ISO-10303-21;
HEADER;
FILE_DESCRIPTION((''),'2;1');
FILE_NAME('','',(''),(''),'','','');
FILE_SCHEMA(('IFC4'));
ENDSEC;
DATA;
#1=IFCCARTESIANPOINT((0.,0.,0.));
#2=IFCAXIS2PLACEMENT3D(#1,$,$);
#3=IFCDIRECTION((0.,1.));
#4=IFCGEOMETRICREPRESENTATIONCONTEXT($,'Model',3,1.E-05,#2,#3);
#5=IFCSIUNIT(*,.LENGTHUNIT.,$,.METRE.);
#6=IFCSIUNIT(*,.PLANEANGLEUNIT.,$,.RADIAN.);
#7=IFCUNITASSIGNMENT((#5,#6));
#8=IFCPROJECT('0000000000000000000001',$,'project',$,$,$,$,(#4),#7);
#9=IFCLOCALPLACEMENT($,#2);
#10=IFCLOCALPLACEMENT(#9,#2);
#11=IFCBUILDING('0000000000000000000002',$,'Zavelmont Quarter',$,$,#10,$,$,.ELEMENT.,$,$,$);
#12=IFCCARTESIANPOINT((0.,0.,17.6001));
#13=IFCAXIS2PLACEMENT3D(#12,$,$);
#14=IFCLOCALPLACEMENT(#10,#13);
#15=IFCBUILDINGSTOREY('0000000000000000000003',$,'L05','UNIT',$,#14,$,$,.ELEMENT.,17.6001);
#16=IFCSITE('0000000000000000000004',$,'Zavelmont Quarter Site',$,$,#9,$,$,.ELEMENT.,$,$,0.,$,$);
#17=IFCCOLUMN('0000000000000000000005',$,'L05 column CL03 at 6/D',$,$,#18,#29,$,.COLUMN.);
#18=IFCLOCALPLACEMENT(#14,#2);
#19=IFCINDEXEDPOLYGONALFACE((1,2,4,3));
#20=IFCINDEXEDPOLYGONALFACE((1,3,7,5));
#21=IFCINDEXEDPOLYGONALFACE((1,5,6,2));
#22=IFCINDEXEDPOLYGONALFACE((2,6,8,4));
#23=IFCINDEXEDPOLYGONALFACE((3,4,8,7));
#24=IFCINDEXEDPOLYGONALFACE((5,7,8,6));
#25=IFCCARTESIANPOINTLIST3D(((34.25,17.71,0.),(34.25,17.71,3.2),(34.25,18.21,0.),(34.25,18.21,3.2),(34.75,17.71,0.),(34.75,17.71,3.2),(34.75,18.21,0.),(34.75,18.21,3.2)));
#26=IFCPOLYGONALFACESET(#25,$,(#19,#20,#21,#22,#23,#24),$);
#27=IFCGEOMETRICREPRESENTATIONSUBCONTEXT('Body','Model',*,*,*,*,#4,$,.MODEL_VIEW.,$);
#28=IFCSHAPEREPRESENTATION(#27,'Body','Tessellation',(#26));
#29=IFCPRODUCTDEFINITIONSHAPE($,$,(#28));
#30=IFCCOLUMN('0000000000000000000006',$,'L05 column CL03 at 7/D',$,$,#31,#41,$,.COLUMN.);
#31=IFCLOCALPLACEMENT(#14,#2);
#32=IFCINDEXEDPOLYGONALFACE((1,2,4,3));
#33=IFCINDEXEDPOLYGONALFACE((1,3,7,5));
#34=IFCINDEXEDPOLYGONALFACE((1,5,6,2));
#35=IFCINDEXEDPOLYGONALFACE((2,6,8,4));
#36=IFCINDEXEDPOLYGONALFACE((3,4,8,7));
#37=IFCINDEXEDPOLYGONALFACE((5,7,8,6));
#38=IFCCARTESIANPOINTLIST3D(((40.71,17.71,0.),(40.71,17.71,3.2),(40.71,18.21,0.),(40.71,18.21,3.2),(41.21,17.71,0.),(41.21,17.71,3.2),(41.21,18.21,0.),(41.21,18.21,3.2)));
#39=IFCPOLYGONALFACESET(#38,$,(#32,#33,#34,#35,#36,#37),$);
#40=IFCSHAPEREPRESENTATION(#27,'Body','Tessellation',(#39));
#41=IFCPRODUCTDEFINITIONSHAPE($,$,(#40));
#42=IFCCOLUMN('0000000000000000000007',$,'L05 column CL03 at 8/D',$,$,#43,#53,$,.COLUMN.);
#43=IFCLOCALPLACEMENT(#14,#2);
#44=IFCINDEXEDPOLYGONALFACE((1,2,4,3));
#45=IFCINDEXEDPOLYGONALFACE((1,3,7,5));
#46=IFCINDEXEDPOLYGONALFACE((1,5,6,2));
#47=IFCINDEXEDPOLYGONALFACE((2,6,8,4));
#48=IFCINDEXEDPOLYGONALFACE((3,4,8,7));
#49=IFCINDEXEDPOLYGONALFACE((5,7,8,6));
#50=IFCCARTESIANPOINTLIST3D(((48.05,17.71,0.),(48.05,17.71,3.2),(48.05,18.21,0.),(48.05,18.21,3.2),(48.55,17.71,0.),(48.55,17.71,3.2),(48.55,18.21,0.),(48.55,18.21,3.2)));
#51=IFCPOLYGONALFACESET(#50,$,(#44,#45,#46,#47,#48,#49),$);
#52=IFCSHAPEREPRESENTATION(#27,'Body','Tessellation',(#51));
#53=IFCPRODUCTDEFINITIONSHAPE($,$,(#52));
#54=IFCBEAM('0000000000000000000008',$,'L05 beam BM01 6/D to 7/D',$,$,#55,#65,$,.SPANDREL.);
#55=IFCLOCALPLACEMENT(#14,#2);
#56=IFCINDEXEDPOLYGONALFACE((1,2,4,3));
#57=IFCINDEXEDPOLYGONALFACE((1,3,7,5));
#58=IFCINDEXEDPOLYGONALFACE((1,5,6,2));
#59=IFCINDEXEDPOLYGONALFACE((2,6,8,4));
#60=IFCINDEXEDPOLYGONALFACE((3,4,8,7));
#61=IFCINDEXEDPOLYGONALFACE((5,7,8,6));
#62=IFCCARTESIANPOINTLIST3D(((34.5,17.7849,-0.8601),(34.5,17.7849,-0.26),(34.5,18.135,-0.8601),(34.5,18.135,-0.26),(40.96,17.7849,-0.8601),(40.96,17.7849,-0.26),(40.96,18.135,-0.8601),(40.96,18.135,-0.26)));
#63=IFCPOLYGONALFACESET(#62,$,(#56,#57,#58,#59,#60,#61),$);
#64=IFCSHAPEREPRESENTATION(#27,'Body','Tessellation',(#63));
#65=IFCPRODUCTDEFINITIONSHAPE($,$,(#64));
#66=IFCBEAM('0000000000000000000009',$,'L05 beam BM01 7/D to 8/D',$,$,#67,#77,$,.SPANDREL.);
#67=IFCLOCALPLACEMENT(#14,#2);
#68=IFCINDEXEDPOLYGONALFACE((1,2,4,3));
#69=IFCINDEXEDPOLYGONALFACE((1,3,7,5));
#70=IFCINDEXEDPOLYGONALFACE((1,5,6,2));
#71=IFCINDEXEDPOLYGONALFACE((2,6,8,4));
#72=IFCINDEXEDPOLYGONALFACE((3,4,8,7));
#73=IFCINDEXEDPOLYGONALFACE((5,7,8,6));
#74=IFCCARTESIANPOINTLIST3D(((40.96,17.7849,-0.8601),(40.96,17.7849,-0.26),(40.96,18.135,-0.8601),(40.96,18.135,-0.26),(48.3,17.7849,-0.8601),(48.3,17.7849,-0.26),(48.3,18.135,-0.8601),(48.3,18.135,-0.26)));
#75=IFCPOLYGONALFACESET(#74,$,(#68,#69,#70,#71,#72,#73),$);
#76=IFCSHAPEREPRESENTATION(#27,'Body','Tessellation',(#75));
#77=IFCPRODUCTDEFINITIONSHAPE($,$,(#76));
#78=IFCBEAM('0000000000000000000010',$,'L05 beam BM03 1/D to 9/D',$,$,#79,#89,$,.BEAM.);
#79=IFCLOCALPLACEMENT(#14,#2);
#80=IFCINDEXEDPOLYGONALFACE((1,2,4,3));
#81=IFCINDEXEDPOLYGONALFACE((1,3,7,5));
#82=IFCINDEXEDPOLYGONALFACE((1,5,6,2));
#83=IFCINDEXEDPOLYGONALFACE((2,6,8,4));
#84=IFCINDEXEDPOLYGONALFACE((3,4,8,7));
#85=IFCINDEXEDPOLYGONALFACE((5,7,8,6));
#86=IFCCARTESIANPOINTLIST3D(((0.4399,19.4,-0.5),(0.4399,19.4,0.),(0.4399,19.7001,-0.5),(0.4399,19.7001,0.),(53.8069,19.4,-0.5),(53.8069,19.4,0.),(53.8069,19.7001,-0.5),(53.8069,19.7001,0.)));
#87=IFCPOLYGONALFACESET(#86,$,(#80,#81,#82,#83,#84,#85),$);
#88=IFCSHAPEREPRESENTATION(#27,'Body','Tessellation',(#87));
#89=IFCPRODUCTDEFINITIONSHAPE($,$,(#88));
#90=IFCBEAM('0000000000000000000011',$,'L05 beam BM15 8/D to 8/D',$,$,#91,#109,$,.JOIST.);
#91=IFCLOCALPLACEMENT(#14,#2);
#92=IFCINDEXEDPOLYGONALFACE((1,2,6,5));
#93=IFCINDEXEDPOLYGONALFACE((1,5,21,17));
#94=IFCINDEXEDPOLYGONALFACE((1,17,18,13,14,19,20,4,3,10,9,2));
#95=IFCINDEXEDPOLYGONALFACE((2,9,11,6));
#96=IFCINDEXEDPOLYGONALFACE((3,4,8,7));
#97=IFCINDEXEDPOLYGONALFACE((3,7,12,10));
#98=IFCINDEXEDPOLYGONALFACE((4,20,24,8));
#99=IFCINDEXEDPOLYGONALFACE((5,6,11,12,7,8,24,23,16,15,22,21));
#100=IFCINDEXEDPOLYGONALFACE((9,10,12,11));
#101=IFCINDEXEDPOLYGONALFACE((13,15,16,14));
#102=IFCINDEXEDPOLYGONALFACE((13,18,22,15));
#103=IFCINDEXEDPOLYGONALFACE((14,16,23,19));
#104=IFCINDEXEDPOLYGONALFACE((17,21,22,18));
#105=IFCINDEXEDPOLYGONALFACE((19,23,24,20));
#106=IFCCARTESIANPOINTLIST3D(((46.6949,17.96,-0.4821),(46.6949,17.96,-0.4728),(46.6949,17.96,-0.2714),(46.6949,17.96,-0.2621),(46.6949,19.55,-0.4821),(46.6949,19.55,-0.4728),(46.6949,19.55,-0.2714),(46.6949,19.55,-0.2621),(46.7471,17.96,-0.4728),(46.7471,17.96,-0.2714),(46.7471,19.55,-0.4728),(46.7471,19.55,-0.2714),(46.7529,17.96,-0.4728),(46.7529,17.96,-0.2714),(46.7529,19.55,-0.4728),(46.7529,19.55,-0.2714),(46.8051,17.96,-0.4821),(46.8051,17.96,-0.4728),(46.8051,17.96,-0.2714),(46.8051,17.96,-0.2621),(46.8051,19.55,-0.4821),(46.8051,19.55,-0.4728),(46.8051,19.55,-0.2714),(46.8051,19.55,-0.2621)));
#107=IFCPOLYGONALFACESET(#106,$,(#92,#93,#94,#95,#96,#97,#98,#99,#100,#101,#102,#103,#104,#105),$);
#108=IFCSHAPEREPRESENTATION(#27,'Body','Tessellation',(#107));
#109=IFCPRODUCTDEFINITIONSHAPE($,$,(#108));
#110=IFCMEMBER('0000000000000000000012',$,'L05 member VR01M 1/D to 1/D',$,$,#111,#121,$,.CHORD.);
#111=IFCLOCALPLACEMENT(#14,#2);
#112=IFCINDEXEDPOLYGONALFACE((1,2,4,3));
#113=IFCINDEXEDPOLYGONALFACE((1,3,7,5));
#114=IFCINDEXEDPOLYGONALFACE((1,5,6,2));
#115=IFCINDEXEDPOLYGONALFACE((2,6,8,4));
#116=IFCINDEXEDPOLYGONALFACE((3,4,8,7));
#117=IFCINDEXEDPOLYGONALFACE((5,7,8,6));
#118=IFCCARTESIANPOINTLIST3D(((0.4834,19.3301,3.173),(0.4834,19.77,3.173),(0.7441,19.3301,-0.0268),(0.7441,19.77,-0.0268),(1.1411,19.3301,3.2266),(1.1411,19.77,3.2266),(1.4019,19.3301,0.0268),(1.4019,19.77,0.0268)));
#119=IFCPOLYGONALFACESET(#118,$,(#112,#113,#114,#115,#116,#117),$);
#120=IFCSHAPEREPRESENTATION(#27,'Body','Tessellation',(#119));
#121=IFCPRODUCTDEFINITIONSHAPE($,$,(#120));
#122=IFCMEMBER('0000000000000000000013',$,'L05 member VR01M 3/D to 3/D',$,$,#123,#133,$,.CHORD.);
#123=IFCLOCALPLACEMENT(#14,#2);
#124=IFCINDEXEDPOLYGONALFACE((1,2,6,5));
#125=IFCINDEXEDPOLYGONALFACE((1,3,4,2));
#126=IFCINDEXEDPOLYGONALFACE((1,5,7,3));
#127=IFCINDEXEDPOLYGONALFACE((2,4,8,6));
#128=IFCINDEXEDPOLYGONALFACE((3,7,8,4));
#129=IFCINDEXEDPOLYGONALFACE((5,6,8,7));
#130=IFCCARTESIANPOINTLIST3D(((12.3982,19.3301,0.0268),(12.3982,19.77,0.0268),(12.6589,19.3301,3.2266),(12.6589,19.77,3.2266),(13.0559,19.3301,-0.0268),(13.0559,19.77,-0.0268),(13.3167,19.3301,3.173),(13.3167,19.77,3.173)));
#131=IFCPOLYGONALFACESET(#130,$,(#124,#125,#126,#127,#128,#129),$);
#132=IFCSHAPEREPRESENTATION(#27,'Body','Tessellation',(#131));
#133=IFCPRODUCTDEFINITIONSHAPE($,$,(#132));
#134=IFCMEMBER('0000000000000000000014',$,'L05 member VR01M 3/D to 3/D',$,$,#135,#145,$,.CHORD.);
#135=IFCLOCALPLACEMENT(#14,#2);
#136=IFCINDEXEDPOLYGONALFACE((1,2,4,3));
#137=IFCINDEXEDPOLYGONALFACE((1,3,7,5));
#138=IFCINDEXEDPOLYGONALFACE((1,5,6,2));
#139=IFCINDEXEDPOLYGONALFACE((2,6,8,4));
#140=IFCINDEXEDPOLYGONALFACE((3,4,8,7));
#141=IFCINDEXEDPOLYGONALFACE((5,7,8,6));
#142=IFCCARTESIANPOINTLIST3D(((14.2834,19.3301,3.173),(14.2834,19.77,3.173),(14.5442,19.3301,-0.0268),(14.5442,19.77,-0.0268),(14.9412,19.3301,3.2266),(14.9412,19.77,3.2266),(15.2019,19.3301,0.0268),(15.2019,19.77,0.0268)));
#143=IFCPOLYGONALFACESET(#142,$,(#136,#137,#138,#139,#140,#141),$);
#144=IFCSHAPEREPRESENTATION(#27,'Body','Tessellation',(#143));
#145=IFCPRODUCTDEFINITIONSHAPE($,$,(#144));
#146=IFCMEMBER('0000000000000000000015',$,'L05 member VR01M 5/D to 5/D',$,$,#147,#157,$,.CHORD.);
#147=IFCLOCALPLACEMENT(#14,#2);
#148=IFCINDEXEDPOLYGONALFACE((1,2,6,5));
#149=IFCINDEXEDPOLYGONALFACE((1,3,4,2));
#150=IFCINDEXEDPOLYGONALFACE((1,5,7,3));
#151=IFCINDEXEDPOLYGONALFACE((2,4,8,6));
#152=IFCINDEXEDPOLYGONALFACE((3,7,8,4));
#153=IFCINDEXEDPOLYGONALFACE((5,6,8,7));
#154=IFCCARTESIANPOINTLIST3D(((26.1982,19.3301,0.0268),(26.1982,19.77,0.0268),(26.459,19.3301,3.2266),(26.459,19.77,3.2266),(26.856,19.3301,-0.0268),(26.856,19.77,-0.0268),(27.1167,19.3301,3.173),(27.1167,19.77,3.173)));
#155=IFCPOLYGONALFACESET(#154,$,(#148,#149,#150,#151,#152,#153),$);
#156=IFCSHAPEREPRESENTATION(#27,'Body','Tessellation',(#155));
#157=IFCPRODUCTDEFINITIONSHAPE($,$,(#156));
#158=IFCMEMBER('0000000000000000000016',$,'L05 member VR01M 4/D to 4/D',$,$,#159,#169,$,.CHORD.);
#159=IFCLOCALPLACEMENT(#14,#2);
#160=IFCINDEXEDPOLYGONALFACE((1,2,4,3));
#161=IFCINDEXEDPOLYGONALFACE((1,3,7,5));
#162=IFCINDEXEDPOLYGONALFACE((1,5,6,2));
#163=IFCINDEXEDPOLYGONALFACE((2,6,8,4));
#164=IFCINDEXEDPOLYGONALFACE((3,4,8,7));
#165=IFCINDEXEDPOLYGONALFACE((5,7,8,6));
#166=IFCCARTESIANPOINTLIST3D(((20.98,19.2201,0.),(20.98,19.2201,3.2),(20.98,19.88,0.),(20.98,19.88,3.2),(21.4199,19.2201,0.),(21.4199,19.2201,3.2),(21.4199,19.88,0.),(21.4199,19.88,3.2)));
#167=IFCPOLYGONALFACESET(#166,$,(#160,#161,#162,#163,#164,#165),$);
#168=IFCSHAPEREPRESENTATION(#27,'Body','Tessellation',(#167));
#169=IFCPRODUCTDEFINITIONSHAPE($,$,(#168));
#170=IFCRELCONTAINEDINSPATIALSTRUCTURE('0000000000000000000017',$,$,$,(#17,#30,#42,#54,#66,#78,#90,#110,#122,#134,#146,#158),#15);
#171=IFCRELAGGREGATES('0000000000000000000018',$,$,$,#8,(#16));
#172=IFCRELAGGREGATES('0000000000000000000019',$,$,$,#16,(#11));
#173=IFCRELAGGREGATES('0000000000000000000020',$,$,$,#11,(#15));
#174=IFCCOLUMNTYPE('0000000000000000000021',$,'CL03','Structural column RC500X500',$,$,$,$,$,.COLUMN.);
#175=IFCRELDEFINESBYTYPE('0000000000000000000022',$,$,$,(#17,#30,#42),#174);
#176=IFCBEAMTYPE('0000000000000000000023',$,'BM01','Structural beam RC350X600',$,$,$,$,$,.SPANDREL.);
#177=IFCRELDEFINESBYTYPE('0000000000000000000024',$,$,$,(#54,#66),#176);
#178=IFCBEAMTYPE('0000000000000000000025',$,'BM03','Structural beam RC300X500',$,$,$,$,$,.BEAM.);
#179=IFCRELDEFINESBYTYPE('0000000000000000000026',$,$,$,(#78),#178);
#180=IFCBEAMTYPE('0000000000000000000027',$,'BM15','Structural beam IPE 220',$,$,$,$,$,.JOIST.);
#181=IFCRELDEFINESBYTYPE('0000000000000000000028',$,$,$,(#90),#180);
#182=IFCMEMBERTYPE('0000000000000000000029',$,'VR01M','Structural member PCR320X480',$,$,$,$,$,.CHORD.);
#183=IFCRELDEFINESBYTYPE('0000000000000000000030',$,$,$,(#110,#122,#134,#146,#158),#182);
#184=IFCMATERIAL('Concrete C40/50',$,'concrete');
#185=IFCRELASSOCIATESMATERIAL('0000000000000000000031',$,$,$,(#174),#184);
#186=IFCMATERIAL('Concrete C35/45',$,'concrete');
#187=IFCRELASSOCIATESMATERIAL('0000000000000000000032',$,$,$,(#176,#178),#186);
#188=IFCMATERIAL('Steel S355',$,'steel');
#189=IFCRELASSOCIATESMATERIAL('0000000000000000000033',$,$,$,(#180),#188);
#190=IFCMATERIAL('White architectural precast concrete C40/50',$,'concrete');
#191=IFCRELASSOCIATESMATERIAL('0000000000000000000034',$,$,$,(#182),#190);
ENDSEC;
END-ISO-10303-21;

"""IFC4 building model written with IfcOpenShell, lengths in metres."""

from ifc_helpers import new_model, si_unit, direction, frame, origin, origin_2d, place, context, subcontext, project, spatial, rectangle, i_section, extrude, material, material_profile, profile_set, type_object, element, save


model = new_model("IFC4")

# Units and contexts
model_context = context("Model", 3, precision=1e-05, world=origin(), true_north=direction((0.0, 1.0)))
body_context = subcontext(model_context, "Body", "Model", "MODEL_VIEW")
ifc_project = project(units=[si_unit("LENGTHUNIT", "METRE"), si_unit("PLANEANGLEUNIT", "RADIAN")], contexts=[model_context])

# Site, building, storey
site_placement = place(None, origin())
site = spatial("IfcSite", under=ifc_project, at=site_placement, Name="Zavelmont Quarter Site", CompositionType="ELEMENT", RefElevation=0.0)
building_placement = place(site_placement, origin())
building = spatial("IfcBuilding", under=site, at=building_placement, Name="Zavelmont Quarter", CompositionType="ELEMENT")
storey_placement = place(building_placement, frame((0.0, 0.0, 17.6001)))
storey = spatial("IfcBuildingStorey", under=building, at=storey_placement, Name="L05", Description="UNIT", CompositionType="ELEMENT", Elevation=17.6001)

# Columns
ifc_material_1 = material(Name="Concrete C40/50", Category="concrete")
ifc_material_profile_1 = material_profile(ifc_material_1, rectangle(XDim=0.5, YDim=0.5, at=origin_2d()), Name="RC500X500")
ifc_profile_set_1 = profile_set([ifc_material_profile_1], Name="Concrete C40/50")
column_type = type_object("IfcColumnType", Name="CL03", Description="Structural column RC500X500", PredefinedType="COLUMN", material=ifc_profile_set_1)
for number, where, z_axis, x_axis, name in (
    (1, (34.5, 17.96, 0.0), (0.0, 0.0, 1.0), (1.0, 0.0, 0.0), "L05 column CL03 at 6/D"),
    (2, (40.96, 17.96, 0.0), (0.0, 0.0, 1.0), (1.0, 0.0, 0.0), "L05 column CL03 at 7/D"),
    (3, (48.3, 17.96, 0.0), (0.0, 0.0, 1.0), (1.0, 0.0, 0.0), "L05 column CL03 at 8/D"),
):
    element("IfcColumn", number, at=place(storey_placement, frame(where, z_axis=z_axis, x_axis=x_axis)), inside=storey, type_object=column_type, Name=name, PredefinedType="COLUMN", context=body_context, shape_type="SweptSolid", body=[
        extrude(rectangle(XDim=0.5, YDim=0.5, at=origin_2d()), origin(), (0.0, 0.0, 1.0), 3.2),
    ])

# Beams
ifc_material_2 = material(Name="Concrete C35/45", Category="concrete")
ifc_material_profile_2 = material_profile(ifc_material_2, rectangle(XDim=0.3501, YDim=0.6001, at=origin_2d()), Name="RC350X600")
ifc_profile_set_2 = profile_set([ifc_material_profile_2], Name="Concrete C35/45")
beam_type_1 = type_object("IfcBeamType", Name="BM01", Description="Structural beam RC350X600", PredefinedType="SPANDREL", material=ifc_profile_set_2)
beam_1_placement = place(storey_placement, frame((34.5, 17.96, -0.5601), z_axis=(1.0, 0.0, 0.0), x_axis=(0.0, 1.0, 0.0)))
element("IfcBeam", 4, at=beam_1_placement, inside=storey, type_object=beam_type_1, Name="L05 beam BM01 6/D to 7/D", PredefinedType="SPANDREL", context=body_context, shape_type="SweptSolid", body=[
    extrude(rectangle(XDim=0.3501, YDim=0.6001, at=origin_2d()), origin(), (0.0, 0.0, 1.0), 6.46),
])
beam_2_placement = place(storey_placement, frame((40.96, 17.96, -0.5601), z_axis=(1.0, 0.0, 0.0), x_axis=(0.0, 1.0, 0.0)))
element("IfcBeam", 5, at=beam_2_placement, inside=storey, type_object=beam_type_1, Name="L05 beam BM01 7/D to 8/D", PredefinedType="SPANDREL", context=body_context, shape_type="SweptSolid", body=[
    extrude(rectangle(XDim=0.3501, YDim=0.6001, at=origin_2d()), origin(), (0.0, 0.0, 1.0), 7.3401),
])
ifc_material_profile_3 = material_profile(ifc_material_2, rectangle(XDim=0.3, YDim=0.5, at=origin_2d()), Name="RC300X500")
ifc_profile_set_3 = profile_set([ifc_material_profile_3], Name="Concrete C35/45")
beam_type_2 = type_object("IfcBeamType", Name="BM03", Description="Structural beam RC300X500", PredefinedType="BEAM", material=ifc_profile_set_3)
beam_3_placement = place(storey_placement, frame((0.4399, 19.55, -0.25), z_axis=(1.0, 0.0, 0.0), x_axis=(0.0, 1.0, 0.0)))
element("IfcBeam", 6, at=beam_3_placement, inside=storey, type_object=beam_type_2, Name="L05 beam BM03 1/D to 9/D", PredefinedType="BEAM", context=body_context, shape_type="SweptSolid", body=[
    extrude(rectangle(XDim=0.3, YDim=0.5, at=origin_2d()), origin(), (0.0, 0.0, 1.0), 53.3669),
])
ifc_material_3 = material(Name="Steel S355", Category="steel")
ifc_material_profile_4 = material_profile(ifc_material_3, i_section(OverallWidth=0.1101, OverallDepth=0.22, WebThickness=0.0059, FlangeThickness=0.0093, at=origin_2d()), Name="IPE 220")
ifc_profile_set_4 = profile_set([ifc_material_profile_4], Name="Steel S355")
beam_type_3 = type_object("IfcBeamType", Name="BM15", Description="Structural beam IPE 220", PredefinedType="JOIST", material=ifc_profile_set_4)
beam_4_placement = place(storey_placement, frame((46.75, 17.96, -0.3721), z_axis=(0.0, 1.0, 0.0), x_axis=(-1.0, 0.0, 0.0)))
element("IfcBeam", 7, at=beam_4_placement, inside=storey, type_object=beam_type_3, Name="L05 beam BM15 8/D to 8/D", PredefinedType="JOIST", context=body_context, shape_type="SweptSolid", body=[
    extrude(i_section(OverallWidth=0.1101, OverallDepth=0.22, WebThickness=0.0059, FlangeThickness=0.0093, at=origin_2d()), origin(), (0.0, 0.0, 1.0), 1.5901),
])

# Members
ifc_material_4 = material(Name="White architectural precast concrete C40/50", Category="concrete")
ifc_material_profile_5 = material_profile(ifc_material_4, rectangle(XDim=0.4399, YDim=0.6599, at=origin_2d()), Name="PCR320X480")
ifc_profile_set_5 = profile_set([ifc_material_profile_5], Name="White architectural precast concrete C40/50")
member_type = type_object("IfcMemberType", Name="VR01M", Description="Structural member PCR320X480", PredefinedType="CHORD", material=ifc_profile_set_5)
for number, where, z_axis, x_axis, name in (
    (8, (1.073, 19.55, 0.0), (-0.081214, 0.0, 0.996697), (0.0, -1.0, 0.0), "L05 member VR01M 1/D to 1/D"),
    (9, (12.7271, 19.55, 0.0), (0.081214, 0.0, 0.996697), (0.0, 1.0, 0.0), "L05 member VR01M 3/D to 3/D"),
    (10, (14.873, 19.55, 0.0), (-0.081214, 0.0, 0.996697), (0.0, -1.0, 0.0), "L05 member VR01M 3/D to 3/D"),
    (11, (26.5271, 19.55, 0.0), (0.081214, 0.0, 0.996697), (0.0, 1.0, 0.0), "L05 member VR01M 5/D to 5/D"),
):
    element("IfcMember", number, at=place(storey_placement, frame(where, z_axis=z_axis, x_axis=x_axis)), inside=storey, type_object=member_type, Name=name, PredefinedType="CHORD", context=body_context, shape_type="SweptSolid", body=[
        extrude(rectangle(XDim=0.4399, YDim=0.6599, at=origin_2d()), origin(), (0.0, 0.0, 1.0), 3.2104),
    ])
member_placement = place(storey_placement, frame((21.2, 19.55, 0.0), z_axis=(0.0, 0.0, 1.0), x_axis=(1.0, 0.0, 0.0)))
element("IfcMember", 12, at=member_placement, inside=storey, type_object=member_type, Name="L05 member VR01M 4/D to 4/D", PredefinedType="CHORD", context=body_context, shape_type="SweptSolid", body=[
    extrude(rectangle(XDim=0.4399, YDim=0.6599, at=origin_2d()), origin(), (0.0, 0.0, 1.0), 3.2),
])

save(model, "model.ifc")
